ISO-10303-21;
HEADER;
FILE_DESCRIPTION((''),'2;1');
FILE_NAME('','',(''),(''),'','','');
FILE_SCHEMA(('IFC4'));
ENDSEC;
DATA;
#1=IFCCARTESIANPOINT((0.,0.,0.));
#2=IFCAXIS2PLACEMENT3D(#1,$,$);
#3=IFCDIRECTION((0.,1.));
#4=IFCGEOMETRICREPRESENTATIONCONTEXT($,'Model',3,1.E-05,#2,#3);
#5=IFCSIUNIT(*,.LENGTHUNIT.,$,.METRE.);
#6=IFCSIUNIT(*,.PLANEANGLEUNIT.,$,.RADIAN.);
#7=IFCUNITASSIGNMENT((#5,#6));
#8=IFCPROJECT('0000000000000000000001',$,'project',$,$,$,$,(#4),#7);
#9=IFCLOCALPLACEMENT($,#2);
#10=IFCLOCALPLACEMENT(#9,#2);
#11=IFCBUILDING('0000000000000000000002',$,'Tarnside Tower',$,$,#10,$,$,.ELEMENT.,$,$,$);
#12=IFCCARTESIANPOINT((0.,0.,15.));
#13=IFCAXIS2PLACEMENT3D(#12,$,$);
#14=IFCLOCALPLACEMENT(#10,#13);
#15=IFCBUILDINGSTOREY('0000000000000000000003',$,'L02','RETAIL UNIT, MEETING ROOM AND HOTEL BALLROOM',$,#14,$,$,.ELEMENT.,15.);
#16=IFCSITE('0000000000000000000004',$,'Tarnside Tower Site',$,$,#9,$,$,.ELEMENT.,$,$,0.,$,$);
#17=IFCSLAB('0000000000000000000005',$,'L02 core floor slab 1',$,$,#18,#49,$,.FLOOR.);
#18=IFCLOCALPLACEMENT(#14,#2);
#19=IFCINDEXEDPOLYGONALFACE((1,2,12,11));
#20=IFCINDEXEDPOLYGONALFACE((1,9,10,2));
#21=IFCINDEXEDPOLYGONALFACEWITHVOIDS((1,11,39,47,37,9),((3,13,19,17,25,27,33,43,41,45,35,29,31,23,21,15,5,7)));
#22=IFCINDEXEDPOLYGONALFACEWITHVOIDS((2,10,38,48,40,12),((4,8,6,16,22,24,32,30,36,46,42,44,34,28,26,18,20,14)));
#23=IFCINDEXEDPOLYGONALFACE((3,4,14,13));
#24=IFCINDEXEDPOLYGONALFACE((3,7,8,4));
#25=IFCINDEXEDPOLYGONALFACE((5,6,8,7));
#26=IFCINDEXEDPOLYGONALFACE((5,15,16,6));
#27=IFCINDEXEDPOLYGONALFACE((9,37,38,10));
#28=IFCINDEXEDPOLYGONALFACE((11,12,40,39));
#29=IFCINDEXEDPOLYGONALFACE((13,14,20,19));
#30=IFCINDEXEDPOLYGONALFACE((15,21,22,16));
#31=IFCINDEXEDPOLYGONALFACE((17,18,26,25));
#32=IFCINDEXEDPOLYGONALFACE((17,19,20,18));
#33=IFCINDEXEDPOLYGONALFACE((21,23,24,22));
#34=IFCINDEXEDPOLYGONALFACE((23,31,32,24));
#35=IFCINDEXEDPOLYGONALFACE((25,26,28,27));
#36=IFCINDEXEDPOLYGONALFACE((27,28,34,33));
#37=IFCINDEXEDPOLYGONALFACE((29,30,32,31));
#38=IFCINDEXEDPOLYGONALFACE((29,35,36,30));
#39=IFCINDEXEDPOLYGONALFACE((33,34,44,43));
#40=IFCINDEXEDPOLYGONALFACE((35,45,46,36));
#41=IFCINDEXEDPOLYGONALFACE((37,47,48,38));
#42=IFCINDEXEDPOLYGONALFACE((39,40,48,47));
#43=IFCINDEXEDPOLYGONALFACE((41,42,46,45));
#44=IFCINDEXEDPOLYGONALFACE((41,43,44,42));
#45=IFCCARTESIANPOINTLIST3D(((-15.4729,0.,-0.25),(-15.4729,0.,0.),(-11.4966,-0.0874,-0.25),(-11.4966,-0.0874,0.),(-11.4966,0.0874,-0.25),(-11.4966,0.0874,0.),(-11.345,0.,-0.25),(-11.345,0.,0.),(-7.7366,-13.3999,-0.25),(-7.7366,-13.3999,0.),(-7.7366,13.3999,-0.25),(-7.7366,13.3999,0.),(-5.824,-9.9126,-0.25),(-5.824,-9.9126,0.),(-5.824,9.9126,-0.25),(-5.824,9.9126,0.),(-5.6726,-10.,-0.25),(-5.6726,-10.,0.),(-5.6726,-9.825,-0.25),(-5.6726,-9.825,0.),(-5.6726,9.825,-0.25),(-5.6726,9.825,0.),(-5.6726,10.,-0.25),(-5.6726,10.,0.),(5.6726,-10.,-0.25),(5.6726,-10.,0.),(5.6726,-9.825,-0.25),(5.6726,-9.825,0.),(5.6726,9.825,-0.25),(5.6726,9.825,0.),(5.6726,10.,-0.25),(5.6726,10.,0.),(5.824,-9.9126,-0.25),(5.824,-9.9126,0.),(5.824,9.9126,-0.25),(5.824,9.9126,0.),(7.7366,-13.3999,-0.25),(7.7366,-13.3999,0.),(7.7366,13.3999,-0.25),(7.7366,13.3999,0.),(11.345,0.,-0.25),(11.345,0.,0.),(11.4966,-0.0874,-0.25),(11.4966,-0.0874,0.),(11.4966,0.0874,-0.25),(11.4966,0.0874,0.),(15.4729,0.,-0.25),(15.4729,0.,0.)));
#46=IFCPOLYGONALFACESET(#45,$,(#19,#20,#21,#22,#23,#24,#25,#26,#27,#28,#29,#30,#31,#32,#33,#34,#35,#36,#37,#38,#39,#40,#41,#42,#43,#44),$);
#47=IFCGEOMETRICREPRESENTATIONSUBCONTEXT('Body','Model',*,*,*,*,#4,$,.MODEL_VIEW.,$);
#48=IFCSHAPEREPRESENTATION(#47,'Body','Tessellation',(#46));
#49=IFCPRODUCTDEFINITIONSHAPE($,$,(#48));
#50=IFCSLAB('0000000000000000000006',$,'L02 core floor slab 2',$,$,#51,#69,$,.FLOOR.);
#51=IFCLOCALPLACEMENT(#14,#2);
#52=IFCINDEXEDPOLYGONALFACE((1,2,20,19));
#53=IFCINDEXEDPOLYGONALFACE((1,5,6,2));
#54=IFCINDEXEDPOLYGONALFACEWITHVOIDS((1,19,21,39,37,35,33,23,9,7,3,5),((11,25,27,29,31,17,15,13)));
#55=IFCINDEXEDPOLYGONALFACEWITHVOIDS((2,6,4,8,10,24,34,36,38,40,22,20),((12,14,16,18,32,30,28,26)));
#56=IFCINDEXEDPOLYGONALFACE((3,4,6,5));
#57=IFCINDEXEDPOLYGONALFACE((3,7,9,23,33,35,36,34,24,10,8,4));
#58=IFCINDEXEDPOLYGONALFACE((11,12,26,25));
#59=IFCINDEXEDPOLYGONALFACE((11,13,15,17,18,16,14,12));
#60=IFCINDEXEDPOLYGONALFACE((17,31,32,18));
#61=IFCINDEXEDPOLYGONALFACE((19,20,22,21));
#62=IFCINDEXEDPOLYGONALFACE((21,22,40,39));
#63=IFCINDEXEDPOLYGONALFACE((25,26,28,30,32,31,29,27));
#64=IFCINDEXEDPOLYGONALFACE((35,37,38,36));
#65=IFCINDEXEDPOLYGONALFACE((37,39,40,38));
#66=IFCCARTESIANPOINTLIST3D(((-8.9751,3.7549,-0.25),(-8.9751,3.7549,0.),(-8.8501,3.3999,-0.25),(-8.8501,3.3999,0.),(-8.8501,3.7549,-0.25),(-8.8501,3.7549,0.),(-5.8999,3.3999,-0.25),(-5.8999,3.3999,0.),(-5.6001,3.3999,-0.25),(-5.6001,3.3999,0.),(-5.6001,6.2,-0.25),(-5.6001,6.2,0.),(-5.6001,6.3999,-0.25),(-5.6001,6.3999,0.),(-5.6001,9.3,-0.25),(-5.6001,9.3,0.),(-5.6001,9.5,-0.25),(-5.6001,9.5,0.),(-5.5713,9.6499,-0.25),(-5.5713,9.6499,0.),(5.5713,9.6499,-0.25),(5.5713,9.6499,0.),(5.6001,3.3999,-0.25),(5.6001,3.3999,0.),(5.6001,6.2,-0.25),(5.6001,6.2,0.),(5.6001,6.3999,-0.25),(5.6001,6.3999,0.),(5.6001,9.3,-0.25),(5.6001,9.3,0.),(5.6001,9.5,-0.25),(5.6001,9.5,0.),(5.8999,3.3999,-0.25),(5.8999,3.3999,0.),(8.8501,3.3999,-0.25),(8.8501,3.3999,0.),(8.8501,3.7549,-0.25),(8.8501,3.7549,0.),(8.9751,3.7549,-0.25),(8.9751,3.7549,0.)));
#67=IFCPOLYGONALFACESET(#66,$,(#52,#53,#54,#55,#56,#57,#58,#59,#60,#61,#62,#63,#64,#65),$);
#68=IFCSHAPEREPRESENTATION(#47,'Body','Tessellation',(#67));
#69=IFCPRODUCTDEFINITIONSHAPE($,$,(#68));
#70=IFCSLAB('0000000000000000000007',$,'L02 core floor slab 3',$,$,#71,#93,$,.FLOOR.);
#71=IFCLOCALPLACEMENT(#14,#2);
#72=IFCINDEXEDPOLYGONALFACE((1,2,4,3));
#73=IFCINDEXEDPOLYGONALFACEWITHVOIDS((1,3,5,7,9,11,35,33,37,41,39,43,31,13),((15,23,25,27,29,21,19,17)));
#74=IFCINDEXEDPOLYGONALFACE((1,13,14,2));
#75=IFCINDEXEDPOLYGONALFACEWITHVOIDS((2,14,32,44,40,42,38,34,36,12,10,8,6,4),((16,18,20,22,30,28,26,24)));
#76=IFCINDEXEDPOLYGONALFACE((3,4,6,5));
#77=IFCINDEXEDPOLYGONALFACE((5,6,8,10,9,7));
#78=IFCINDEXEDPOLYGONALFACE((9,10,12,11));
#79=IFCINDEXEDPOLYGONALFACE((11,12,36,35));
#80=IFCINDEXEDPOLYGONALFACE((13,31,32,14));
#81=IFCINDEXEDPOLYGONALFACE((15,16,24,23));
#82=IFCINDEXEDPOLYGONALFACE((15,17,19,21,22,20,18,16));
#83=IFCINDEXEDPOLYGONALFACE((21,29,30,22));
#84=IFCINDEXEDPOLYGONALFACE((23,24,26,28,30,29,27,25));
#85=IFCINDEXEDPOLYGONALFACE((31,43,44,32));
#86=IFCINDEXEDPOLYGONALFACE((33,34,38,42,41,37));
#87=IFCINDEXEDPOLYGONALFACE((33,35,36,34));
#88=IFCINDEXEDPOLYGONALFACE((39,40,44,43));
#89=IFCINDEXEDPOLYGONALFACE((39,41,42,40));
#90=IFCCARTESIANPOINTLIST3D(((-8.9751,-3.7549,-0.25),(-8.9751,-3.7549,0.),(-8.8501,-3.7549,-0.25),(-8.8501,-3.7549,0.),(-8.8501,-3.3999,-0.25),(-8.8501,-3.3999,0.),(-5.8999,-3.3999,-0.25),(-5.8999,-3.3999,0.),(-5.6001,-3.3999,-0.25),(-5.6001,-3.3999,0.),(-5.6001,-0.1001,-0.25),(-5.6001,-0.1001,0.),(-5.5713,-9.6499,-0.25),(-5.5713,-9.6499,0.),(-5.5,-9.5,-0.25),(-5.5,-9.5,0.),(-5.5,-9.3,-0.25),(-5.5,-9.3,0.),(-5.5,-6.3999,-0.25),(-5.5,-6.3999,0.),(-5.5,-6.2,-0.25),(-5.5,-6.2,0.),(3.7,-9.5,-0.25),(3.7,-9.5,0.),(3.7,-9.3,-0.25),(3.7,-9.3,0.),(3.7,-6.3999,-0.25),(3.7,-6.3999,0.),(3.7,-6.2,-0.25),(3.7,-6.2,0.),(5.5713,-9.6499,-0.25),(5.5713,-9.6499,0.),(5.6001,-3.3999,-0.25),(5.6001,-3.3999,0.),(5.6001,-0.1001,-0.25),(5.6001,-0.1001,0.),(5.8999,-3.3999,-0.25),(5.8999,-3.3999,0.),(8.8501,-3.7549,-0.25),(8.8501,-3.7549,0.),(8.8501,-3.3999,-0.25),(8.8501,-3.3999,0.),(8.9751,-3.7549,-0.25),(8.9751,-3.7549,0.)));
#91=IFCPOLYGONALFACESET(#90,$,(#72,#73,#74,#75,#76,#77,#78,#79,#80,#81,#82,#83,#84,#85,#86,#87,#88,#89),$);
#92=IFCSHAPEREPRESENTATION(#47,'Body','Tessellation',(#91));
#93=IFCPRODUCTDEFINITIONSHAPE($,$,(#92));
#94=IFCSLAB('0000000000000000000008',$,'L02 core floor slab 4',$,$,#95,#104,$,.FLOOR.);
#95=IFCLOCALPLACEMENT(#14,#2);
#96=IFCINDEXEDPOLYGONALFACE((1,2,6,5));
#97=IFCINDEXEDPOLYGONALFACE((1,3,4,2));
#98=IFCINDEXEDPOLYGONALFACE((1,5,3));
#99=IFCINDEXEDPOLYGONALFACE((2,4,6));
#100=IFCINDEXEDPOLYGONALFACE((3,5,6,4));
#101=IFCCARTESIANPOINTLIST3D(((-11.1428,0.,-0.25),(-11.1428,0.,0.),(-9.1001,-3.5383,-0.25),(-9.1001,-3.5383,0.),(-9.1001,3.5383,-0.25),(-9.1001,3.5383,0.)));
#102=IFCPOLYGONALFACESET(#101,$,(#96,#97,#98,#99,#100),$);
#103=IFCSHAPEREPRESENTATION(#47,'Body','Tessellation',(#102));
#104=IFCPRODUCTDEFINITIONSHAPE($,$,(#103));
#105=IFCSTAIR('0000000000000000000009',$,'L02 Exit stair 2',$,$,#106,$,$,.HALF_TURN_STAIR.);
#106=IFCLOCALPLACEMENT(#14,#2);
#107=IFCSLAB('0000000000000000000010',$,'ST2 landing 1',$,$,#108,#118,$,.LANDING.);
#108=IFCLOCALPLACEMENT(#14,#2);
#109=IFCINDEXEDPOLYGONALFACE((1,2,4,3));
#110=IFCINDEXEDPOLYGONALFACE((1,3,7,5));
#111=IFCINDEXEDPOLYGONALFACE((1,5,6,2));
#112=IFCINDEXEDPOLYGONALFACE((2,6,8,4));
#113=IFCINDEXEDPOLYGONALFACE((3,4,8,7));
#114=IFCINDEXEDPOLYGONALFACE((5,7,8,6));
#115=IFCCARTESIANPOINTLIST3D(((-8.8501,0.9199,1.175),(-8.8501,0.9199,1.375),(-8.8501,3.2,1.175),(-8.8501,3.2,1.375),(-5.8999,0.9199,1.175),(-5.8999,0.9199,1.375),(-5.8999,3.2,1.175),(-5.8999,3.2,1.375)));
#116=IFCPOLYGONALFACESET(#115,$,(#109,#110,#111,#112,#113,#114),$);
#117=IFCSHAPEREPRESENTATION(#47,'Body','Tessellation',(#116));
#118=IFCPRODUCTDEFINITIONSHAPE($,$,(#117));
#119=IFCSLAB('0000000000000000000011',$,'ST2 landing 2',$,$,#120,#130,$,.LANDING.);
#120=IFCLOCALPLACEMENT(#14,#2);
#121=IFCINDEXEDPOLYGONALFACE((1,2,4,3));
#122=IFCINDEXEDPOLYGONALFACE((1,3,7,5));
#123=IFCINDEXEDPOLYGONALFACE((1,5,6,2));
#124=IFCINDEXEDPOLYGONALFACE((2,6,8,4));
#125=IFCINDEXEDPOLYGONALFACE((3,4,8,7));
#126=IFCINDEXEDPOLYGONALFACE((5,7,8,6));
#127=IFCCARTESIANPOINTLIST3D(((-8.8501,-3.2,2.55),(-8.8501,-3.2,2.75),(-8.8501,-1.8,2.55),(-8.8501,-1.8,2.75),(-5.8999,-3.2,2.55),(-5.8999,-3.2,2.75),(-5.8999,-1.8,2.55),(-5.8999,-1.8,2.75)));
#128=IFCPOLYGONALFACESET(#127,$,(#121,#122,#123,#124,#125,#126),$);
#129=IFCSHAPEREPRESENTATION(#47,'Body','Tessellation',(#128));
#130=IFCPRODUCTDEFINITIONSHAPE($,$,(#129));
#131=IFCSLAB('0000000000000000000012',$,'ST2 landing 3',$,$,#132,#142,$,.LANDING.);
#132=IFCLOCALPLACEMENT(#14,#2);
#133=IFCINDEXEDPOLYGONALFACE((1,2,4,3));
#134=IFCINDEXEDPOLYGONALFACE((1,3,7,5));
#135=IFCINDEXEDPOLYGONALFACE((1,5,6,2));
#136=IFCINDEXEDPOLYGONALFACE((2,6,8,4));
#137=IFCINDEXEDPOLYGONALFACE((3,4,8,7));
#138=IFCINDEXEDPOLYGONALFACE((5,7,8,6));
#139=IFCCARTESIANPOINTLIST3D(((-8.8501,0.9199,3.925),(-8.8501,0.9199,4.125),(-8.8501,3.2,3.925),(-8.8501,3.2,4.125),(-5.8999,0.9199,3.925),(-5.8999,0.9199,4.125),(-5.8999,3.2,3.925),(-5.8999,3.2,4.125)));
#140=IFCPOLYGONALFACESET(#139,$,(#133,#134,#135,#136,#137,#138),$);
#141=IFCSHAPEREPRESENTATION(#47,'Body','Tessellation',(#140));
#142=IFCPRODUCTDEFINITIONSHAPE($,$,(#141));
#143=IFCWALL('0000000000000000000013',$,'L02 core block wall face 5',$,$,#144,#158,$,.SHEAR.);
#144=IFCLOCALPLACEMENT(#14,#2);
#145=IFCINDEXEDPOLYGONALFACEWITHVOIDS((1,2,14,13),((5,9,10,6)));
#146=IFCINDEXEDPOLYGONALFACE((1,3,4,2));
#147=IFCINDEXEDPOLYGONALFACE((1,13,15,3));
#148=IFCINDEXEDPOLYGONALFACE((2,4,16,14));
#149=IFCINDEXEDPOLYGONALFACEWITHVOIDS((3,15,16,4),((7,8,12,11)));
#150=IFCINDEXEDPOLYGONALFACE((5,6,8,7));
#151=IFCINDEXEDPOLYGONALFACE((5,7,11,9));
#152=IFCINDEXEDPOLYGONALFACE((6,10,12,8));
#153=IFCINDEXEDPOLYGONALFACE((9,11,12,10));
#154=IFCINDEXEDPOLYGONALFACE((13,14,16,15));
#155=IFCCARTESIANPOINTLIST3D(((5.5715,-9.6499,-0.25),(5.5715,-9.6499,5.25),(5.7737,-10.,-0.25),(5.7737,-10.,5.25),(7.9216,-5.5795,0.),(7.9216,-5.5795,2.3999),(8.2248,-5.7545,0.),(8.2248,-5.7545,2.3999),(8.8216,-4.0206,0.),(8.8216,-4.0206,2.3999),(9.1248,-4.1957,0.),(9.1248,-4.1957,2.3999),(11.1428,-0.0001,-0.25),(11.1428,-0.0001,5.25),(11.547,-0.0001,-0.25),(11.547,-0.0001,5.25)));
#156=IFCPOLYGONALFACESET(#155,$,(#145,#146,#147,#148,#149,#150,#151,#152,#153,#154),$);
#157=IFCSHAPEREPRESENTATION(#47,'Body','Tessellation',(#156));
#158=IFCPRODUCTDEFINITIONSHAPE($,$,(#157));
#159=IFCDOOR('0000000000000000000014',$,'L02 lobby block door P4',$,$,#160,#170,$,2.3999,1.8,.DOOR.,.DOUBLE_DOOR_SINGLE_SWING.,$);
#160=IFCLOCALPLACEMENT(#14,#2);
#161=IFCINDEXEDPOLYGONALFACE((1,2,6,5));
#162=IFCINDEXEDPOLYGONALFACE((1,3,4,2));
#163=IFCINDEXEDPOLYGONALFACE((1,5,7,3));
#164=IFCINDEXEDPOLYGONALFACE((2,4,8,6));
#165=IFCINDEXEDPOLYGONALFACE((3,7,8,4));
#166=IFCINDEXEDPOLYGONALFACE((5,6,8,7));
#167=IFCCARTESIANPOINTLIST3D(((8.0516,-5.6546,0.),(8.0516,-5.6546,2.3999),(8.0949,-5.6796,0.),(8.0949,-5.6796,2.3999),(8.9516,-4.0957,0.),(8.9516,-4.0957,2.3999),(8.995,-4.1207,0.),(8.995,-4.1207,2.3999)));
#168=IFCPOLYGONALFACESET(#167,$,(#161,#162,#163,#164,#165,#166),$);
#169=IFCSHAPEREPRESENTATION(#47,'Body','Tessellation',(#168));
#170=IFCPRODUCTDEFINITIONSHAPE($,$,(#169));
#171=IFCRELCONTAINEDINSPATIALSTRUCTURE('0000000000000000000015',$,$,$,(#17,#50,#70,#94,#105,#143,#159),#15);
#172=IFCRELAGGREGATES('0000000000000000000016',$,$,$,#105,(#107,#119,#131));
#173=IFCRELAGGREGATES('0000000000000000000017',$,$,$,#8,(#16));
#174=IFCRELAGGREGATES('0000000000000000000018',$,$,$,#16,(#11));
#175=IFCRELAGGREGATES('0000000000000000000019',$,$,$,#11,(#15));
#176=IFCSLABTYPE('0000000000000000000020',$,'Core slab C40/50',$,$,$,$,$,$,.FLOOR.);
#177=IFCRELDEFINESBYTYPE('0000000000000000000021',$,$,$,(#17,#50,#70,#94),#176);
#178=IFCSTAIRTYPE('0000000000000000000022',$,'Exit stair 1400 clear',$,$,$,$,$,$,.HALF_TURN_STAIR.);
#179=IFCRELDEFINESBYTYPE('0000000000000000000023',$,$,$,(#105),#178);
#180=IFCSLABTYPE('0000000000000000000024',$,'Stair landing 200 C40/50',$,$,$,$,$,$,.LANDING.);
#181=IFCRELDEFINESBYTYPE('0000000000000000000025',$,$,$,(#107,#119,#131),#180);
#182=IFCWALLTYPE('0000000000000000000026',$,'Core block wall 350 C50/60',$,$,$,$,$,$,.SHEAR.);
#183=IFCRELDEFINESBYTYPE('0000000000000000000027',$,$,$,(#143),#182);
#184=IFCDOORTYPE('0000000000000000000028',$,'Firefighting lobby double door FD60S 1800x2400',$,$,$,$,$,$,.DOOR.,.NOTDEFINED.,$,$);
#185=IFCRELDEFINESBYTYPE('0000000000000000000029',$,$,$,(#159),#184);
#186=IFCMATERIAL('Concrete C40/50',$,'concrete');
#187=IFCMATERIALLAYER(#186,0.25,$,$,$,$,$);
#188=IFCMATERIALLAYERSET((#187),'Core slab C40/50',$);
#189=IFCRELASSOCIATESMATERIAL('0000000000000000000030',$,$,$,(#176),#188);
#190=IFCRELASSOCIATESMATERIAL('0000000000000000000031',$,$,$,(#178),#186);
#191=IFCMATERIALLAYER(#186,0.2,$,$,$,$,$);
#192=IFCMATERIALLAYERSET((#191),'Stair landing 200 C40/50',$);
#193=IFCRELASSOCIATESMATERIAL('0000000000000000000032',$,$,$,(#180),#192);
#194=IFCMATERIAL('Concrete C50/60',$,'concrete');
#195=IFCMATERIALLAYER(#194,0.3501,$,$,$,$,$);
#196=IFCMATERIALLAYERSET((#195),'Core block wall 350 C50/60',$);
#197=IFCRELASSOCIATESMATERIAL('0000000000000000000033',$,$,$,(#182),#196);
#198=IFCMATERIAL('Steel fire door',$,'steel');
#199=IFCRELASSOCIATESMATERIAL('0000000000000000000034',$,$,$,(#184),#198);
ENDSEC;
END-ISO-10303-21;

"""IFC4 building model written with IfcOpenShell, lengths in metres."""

from ifc_helpers import new_model, si_unit, direction, frame, frame_2d, origin, place, context, subcontext, project, spatial, polyline, rectangle, outline, extrude, material, layer, layer_set, type_object, element, fill, aggregate, save


model = new_model("IFC4")

# Units and contexts
model_context = context("Model", 3, precision=1e-05, world=origin(), true_north=direction((0.0, 1.0)))
body_context = subcontext(model_context, "Body", "Model", "MODEL_VIEW")
ifc_project = project(units=[si_unit("LENGTHUNIT", "METRE"), si_unit("PLANEANGLEUNIT", "RADIAN")], contexts=[model_context])

# Site, building, storey
site_placement = place(None, origin())
site = spatial("IfcSite", under=ifc_project, at=site_placement, Name="Tarnside Tower Site", CompositionType="ELEMENT", RefElevation=0.0)
building_placement = place(site_placement, origin())
building = spatial("IfcBuilding", under=site, at=building_placement, Name="Tarnside Tower", CompositionType="ELEMENT")
storey_placement = place(building_placement, frame((0.0, 0.0, 15.0)))
storey = spatial("IfcBuildingStorey", under=building, at=storey_placement, Name="L02", Description="RETAIL UNIT, MEETING ROOM AND HOTEL BALLROOM", CompositionType="ELEMENT", Elevation=15.0)

# Slabs
ifc_material_1 = material(Name="Concrete C40/50", Category="concrete")
ifc_layer_1 = layer(ifc_material_1, 0.25)
ifc_layer_set_1 = layer_set([ifc_layer_1], Name="Core slab C40/50")
slab_type_1 = type_object("IfcSlabType", Name="Core slab C40/50", PredefinedType="FLOOR", material=ifc_layer_set_1)
slab_1_placement = place(storey_placement, frame((0.0, 0.0, -0.25)))
element("IfcSlab", 1, at=slab_1_placement, inside=storey, type_object=slab_type_1, Name="L02 core floor slab 1", PredefinedType="FLOOR", context=body_context, shape_type="SweptSolid", body=[
    extrude(outline(polyline([(-15.4729, 0.0), (-7.7366, 13.3999), (7.7366, 13.3999), (15.4729, 0.0), (7.7366, -13.3999), (-7.7366, -13.3999), (-15.4729, 0.0)]), holes=[polyline([(5.824, -9.9126), (11.4966, -0.0874), (11.345, 0.0), (11.4966, 0.0874), (5.824, 9.9126), (5.6726, 9.825), (5.6726, 10.0), (-5.6726, 10.0), (-5.6726, 9.825), (-5.824, 9.9126), (-11.4966, 0.0874), (-11.345, 0.0), (-11.4966, -0.0874), (-5.824, -9.9126), (-5.6726, -9.825), (-5.6726, -10.0), (5.6726, -10.0), (5.6726, -9.825), (5.824, -9.9126)])]), origin(), (0.0, 0.0, 1.0), 0.25),
])
slab_2_placement = place(storey_placement, frame((0.0, 0.0, -0.25)))
element("IfcSlab", 2, at=slab_2_placement, inside=storey, type_object=slab_type_1, Name="L02 core floor slab 2", PredefinedType="FLOOR", context=body_context, shape_type="SweptSolid", body=[
    extrude(outline(polyline([(-8.9751, 3.7549), (-5.5713, 9.6499), (5.5713, 9.6499), (8.9751, 3.7549), (8.8501, 3.7549), (8.8501, 3.3999), (5.8999, 3.3999), (5.6001, 3.3999), (5.6001, 3.3999), (-5.6001, 3.3999), (-5.8999, 3.3999), (-8.8501, 3.3999), (-8.8501, 3.7549), (-8.9751, 3.7549)]), holes=[polyline([(-5.6001, 6.2), (5.6001, 6.2), (5.6001, 6.3999), (5.6001, 9.3), (5.6001, 9.5), (-5.6001, 9.5), (-5.6001, 9.3), (-5.6001, 6.3999), (-5.6001, 6.2)])]), origin(), (0.0, 0.0, 1.0), 0.25),
])
slab_3_placement = place(storey_placement, frame((0.0, 0.0, -0.25)))
element("IfcSlab", 3, at=slab_3_placement, inside=storey, type_object=slab_type_1, Name="L02 core floor slab 3", PredefinedType="FLOOR", context=body_context, shape_type="SweptSolid", body=[
    extrude(outline(polyline([(5.6001, -3.3999), (5.8999, -3.3999), (8.8501, -3.3999), (8.8501, -3.7549), (8.9751, -3.7549), (5.5713, -9.6499), (-5.5713, -9.6499), (-8.9751, -3.7549), (-8.8501, -3.7549), (-8.8501, -3.3999), (-5.8999, -3.3999), (-5.6001, -3.3999), (-5.6001, -0.1001), (5.6001, -0.1001), (5.6001, -3.3999)]), holes=[polyline([(-5.5, -9.3), (-5.5, -9.5), (3.7, -9.5), (3.7, -9.3), (3.7, -6.3999), (3.7, -6.2), (-5.5, -6.2), (-5.5, -6.3999), (-5.5, -9.3)])]), origin(), (0.0, 0.0, 1.0), 0.25),
])
slab_4_placement = place(storey_placement, frame((0.0, 0.0, -0.25)))
element("IfcSlab", 4, at=slab_4_placement, inside=storey, type_object=slab_type_1, Name="L02 core floor slab 4", PredefinedType="FLOOR", context=body_context, shape_type="SweptSolid", body=[
    extrude(outline(polyline([(-11.1428, 0.0), (-9.1001, 3.5383), (-9.1001, -3.5383), (-11.1428, 0.0)])), origin(), (0.0, 0.0, 1.0), 0.25),
])

# Stair, slabs
stair_type = type_object("IfcStairType", Name="Exit stair 1400 clear", PredefinedType="HALF_TURN_STAIR", material=ifc_material_1)
stair_1_placement = place(storey_placement, origin())
stair_1 = element("IfcStair", 5, at=stair_1_placement, inside=storey, type_object=stair_type, Name="L02 Exit stair 2", PredefinedType="HALF_TURN_STAIR")
ifc_layer_2 = layer(ifc_material_1, 0.2)
ifc_layer_set_2 = layer_set([ifc_layer_2], Name="Stair landing 200 C40/50")
slab_type_2 = type_object("IfcSlabType", Name="Stair landing 200 C40/50", PredefinedType="LANDING", material=ifc_layer_set_2)
slab_5_placement = place(storey_placement, frame((0.0, 0.0, 1.175)))
slab_5 = element("IfcSlab", 6, at=slab_5_placement, type_object=slab_type_2, Name="ST2 landing 1", PredefinedType="LANDING", context=body_context, shape_type="SweptSolid", body=[
    extrude(outline(polyline([(-5.8999, 0.9199), (-5.8999, 3.2), (-8.8501, 3.2), (-8.8501, 0.9199), (-5.8999, 0.9199)])), origin(), (0.0, 0.0, 1.0), 0.2),
])
slab_6_placement = place(storey_placement, frame((0.0, 0.0, 2.55)))
slab_6 = element("IfcSlab", 7, at=slab_6_placement, type_object=slab_type_2, Name="ST2 landing 2", PredefinedType="LANDING", context=body_context, shape_type="SweptSolid", body=[
    extrude(outline(polyline([(-5.8999, -3.2), (-5.8999, -1.8), (-8.8501, -1.8), (-8.8501, -3.2), (-5.8999, -3.2)])), origin(), (0.0, 0.0, 1.0), 0.2),
])
slab_7_placement = place(storey_placement, frame((0.0, 0.0, 3.925)))
slab_7 = element("IfcSlab", 8, at=slab_7_placement, type_object=slab_type_2, Name="ST2 landing 3", PredefinedType="LANDING", context=body_context, shape_type="SweptSolid", body=[
    extrude(outline(polyline([(-5.8999, 0.9199), (-5.8999, 3.2), (-8.8501, 3.2), (-8.8501, 0.9199), (-5.8999, 0.9199)])), origin(), (0.0, 0.0, 1.0), 0.2),
])
aggregate(stair_1, [slab_5, slab_6, slab_7])

# Wall, opening, door
ifc_material_2 = material(Name="Concrete C50/60", Category="concrete")
ifc_layer_3 = layer(ifc_material_2, 0.3501)
ifc_layer_set_3 = layer_set([ifc_layer_3], Name="Core block wall 350 C50/60")
wall_type_1 = type_object("IfcWallType", Name="Core block wall 350 C50/60", PredefinedType="SHEAR", material=ifc_layer_set_3)
wall_1_placement = place(storey_placement, frame((5.6726, -9.825, -0.25), z_axis=(0.0, 0.0, 1.0), x_axis=(0.499995, 0.866028, 0.0)))
wall_1 = element("IfcWall", 9, at=wall_1_placement, inside=storey, type_object=wall_type_1, Name="L02 core block wall face 5", PredefinedType="SHEAR", context=body_context, shape_type="SweptSolid", body=[
    extrude(outline(polyline([(-0.1011, -0.175), (11.4458, -0.175), (11.2437, 0.175), (0.1011, 0.175), (-0.1011, -0.175)])), origin(), (0.0, 0.0, 1.0), 5.5),
])
opening_1_placement = place(wall_1_placement, frame((4.8013, 0.0, 0.25)))
opening_1 = element("IfcOpeningElement", 10, at=opening_1_placement, cuts=wall_1, PredefinedType="OPENING", context=body_context, shape_type="SweptSolid", body=[
    extrude(rectangle(XDim=1.8, YDim=2.3999, at=frame_2d((0.8999, 1.2))), frame((0.0, 0.1851, 0.0), z_axis=(0.0, -1.0, 0.0), x_axis=(1.0, 0.0, 0.0)), (0.0, 0.0, 1.0), 0.3701),
])
ifc_material_3 = material(Name="Steel fire door", Category="steel")
door_type_1 = type_object("IfcDoorType", Name="Firefighting lobby double door FD60S 1800x2400", OperationType="NOTDEFINED", PredefinedType="DOOR", material=ifc_material_3)
door_1_placement = place(opening_1_placement, origin())
door_1 = element("IfcDoor", 11, at=door_1_placement, inside=storey, type_object=door_type_1, Name="L02 lobby block door P4", OperationType="DOUBLE_DOOR_SINGLE_SWING", OverallHeight=2.3999, OverallWidth=1.8, PredefinedType="DOOR", context=body_context, shape_type="SweptSolid", body=[
    extrude(rectangle(XDim=1.8, YDim=2.3999, at=frame_2d((0.8999, 1.2))), frame((0.0, 0.0249, 0.0), z_axis=(0.0, -1.0, 0.0), x_axis=(1.0, 0.0, 0.0)), (0.0, 0.0, 1.0), 0.05),
])
fill(opening_1, door_1)

save(model, "model.ifc")
